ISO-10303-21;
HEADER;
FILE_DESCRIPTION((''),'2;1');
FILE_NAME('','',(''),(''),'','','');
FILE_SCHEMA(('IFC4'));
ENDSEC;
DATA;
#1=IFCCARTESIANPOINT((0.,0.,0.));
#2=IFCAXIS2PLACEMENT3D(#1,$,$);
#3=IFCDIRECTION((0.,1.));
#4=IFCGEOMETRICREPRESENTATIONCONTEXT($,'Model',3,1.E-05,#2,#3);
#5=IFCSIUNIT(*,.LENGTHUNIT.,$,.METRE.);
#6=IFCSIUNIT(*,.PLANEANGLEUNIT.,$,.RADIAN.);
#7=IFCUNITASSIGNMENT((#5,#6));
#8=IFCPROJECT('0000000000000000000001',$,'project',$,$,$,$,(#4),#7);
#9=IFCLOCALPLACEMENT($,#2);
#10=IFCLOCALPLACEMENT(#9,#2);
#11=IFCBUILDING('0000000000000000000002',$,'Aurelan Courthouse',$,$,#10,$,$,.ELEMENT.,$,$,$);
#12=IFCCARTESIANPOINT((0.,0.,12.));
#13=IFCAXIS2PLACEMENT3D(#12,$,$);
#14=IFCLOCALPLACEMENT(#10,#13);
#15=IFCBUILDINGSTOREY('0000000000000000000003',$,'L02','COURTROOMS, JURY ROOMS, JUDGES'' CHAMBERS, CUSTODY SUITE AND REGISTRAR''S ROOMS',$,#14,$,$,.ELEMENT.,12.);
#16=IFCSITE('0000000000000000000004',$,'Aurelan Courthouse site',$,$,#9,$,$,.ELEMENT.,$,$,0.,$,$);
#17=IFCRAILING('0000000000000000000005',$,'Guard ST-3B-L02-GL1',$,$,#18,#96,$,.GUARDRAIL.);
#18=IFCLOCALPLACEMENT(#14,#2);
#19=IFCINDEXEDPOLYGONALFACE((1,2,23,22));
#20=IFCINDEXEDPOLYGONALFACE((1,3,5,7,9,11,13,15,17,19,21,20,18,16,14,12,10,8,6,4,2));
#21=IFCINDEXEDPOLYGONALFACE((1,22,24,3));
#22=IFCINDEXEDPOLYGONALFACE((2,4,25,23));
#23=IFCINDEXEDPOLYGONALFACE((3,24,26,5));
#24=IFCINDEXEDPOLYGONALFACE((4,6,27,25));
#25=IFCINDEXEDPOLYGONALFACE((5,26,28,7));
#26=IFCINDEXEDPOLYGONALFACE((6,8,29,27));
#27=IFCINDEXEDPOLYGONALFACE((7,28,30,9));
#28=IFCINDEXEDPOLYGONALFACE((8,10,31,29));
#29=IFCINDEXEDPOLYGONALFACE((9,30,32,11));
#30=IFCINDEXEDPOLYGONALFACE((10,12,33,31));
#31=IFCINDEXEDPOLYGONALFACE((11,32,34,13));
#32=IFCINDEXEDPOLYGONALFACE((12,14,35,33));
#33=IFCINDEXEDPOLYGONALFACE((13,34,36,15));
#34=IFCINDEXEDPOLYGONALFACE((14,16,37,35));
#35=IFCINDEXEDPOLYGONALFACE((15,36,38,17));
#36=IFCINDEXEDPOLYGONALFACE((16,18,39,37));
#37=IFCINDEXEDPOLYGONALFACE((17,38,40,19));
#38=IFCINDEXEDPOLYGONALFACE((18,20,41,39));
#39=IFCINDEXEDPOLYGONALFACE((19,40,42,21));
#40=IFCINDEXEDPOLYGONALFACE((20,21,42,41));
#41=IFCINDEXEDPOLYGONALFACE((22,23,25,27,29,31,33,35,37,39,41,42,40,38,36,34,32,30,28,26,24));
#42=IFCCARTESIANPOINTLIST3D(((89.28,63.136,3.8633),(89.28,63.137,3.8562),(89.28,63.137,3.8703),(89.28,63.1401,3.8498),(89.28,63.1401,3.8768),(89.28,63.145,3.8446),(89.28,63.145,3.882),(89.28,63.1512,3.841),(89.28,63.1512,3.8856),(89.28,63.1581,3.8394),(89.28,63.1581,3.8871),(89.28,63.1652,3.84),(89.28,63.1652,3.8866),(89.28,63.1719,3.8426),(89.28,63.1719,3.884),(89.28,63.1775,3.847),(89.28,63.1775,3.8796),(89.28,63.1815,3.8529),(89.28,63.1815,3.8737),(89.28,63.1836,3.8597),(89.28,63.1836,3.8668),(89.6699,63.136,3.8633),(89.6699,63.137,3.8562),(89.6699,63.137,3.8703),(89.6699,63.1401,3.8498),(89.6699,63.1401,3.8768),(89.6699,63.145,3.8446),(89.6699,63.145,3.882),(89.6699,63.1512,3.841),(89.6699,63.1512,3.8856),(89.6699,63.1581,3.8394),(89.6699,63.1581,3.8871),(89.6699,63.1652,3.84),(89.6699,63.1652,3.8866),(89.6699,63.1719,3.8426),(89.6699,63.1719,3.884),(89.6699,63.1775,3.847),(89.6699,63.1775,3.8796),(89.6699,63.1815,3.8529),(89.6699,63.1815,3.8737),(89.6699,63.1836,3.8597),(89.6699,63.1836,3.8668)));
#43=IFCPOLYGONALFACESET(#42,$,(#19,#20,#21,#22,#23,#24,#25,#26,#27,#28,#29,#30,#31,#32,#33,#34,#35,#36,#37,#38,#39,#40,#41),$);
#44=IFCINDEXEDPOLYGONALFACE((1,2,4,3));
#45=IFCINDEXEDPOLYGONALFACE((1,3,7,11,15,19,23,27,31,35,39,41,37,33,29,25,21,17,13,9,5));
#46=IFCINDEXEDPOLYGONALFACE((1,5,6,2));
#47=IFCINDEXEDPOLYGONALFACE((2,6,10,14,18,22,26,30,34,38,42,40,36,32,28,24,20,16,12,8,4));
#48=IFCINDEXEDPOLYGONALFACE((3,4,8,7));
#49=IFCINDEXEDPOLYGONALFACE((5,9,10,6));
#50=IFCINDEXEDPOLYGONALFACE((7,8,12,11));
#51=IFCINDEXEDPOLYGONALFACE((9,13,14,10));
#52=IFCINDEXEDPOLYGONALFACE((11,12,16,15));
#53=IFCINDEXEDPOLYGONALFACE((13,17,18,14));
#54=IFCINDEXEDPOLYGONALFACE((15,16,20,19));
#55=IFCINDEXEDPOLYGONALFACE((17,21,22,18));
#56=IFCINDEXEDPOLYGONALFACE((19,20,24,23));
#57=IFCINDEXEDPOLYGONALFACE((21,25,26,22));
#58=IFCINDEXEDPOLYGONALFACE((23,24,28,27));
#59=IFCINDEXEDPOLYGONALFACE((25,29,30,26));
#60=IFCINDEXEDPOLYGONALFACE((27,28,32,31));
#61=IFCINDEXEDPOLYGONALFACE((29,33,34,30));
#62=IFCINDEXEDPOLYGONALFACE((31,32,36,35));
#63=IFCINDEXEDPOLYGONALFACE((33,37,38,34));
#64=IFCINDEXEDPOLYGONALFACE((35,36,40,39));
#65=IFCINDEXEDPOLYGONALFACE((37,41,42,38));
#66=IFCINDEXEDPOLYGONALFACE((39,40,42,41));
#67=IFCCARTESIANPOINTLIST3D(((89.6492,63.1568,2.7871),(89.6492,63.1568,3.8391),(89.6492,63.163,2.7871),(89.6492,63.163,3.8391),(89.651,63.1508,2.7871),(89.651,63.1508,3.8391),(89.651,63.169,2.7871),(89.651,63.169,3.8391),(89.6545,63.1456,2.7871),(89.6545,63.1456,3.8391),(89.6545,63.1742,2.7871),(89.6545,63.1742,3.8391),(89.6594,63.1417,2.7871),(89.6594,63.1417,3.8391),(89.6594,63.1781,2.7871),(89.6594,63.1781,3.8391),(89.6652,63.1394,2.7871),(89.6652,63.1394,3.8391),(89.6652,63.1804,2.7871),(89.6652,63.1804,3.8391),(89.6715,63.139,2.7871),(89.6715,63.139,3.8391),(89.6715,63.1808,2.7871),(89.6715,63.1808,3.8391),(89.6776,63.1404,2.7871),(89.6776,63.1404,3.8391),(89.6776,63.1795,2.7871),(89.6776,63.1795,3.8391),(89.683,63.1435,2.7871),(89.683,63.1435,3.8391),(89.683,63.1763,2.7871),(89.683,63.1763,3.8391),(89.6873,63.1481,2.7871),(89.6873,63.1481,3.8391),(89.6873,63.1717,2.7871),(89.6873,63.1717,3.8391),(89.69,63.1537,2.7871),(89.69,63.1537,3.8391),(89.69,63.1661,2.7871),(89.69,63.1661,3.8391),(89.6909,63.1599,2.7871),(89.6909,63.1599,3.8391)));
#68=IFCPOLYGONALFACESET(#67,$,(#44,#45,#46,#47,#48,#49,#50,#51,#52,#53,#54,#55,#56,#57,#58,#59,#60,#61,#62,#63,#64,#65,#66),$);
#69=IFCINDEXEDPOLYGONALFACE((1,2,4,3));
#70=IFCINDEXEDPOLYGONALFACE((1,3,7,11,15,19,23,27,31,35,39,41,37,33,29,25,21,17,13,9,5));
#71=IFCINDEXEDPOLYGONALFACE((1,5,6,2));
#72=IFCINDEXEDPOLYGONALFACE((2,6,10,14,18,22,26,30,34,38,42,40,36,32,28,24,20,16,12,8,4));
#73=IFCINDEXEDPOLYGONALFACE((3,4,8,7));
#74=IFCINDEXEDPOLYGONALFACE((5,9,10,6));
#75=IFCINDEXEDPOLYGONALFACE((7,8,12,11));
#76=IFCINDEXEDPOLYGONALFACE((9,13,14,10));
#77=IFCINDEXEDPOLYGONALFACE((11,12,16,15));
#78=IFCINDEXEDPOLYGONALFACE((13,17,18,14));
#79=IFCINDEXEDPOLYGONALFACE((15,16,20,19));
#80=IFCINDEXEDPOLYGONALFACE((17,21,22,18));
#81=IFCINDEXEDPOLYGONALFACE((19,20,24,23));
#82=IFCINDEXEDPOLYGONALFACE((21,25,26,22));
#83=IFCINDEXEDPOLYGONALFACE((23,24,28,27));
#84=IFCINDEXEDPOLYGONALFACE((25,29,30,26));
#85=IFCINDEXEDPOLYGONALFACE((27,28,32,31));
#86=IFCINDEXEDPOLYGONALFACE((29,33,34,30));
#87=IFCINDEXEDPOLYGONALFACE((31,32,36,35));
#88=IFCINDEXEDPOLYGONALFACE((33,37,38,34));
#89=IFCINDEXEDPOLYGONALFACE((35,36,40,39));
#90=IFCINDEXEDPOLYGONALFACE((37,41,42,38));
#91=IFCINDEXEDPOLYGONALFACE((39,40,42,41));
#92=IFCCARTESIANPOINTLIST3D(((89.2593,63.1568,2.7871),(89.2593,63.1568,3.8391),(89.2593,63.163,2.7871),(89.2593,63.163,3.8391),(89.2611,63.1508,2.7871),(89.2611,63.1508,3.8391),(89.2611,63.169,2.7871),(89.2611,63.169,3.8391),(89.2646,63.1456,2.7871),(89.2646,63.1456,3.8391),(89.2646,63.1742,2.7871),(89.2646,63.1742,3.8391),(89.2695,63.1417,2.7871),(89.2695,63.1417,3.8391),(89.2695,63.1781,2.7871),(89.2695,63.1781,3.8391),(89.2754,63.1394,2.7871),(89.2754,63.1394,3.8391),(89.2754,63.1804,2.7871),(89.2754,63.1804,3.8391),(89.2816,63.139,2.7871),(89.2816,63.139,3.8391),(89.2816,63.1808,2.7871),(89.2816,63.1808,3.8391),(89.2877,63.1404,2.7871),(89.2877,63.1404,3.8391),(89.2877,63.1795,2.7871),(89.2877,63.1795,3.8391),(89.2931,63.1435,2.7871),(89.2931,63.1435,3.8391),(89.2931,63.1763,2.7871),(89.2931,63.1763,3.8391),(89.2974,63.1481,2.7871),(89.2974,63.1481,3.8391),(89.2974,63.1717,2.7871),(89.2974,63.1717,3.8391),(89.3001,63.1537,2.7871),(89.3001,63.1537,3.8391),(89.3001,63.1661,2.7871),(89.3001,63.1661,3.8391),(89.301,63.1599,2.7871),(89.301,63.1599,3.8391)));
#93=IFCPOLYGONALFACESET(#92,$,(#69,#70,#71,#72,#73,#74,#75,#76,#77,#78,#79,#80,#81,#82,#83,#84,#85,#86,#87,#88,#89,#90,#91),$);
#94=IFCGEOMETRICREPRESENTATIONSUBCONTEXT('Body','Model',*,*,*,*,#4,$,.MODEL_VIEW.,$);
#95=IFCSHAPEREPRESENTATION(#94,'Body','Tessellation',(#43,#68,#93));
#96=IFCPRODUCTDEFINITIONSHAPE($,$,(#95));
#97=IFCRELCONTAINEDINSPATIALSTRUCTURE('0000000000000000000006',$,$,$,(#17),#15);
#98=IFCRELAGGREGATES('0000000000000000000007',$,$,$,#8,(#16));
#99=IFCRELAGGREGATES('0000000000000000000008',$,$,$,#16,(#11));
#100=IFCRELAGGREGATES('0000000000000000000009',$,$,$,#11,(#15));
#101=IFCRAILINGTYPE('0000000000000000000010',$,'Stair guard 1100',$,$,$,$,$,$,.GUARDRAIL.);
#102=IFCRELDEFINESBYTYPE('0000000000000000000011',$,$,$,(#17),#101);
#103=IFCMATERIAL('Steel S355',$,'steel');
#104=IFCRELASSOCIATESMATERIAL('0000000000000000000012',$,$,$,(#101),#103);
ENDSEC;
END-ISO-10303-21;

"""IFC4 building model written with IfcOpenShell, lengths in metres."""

from ifc_helpers import new_model, si_unit, direction, frame, origin, origin_2d, place, context, subcontext, project, spatial, circle, extrude, material, type_object, element, save


model = new_model("IFC4")

# Units and contexts
model_context = context("Model", 3, precision=1e-05, world=origin(), true_north=direction((0.0, 1.0)))
body_context = subcontext(model_context, "Body", "Model", "MODEL_VIEW")
ifc_project = project(units=[si_unit("LENGTHUNIT", "METRE"), si_unit("PLANEANGLEUNIT", "RADIAN")], contexts=[model_context])

# Site, building, storey
site_placement = place(None, origin())
site = spatial("IfcSite", under=ifc_project, at=site_placement, Name="Aurelan Courthouse site", CompositionType="ELEMENT", RefElevation=0.0)
building_placement = place(site_placement, origin())
building = spatial("IfcBuilding", under=site, at=building_placement, Name="Aurelan Courthouse", CompositionType="ELEMENT")
storey_placement = place(building_placement, frame((0.0, 0.0, 12.0)))
storey = spatial("IfcBuildingStorey", under=building, at=storey_placement, Name="L02", Description="COURTROOMS, JURY ROOMS, JUDGES' CHAMBERS, CUSTODY SUITE AND REGISTRAR'S ROOMS", CompositionType="ELEMENT", Elevation=12.0)

# Railing
ifc_material_1 = material(Name="Steel S355", Category="steel")
railing_type_1 = type_object("IfcRailingType", Name="Stair guard 1100", PredefinedType="GUARDRAIL", material=ifc_material_1)
railing_placement = place(storey_placement, frame((89.6699, 63.1599, 2.7871)))
element("IfcRailing", 1, at=railing_placement, inside=storey, type_object=railing_type_1, Name="Guard ST-3B-L02-GL1", PredefinedType="GUARDRAIL", context=body_context, shape_type="SweptSolid", body=[
    extrude(circle(Radius=0.0239, at=origin_2d()), frame((0.0, 0.0, 1.0762), z_axis=(-1.0, 0.0, 0.0), x_axis=(0.0, -1.0, 0.0)), (0.0, 0.0, 1.0), 0.3899),
    extrude(circle(Radius=0.021, at=origin_2d()), origin(), (0.0, 0.0, 1.0), 1.052),
    extrude(circle(Radius=0.021, at=origin_2d()), frame((-0.3899, 0.0, 0.0)), (0.0, 0.0, 1.0), 1.052),
])

save(model, "model.ifc")
